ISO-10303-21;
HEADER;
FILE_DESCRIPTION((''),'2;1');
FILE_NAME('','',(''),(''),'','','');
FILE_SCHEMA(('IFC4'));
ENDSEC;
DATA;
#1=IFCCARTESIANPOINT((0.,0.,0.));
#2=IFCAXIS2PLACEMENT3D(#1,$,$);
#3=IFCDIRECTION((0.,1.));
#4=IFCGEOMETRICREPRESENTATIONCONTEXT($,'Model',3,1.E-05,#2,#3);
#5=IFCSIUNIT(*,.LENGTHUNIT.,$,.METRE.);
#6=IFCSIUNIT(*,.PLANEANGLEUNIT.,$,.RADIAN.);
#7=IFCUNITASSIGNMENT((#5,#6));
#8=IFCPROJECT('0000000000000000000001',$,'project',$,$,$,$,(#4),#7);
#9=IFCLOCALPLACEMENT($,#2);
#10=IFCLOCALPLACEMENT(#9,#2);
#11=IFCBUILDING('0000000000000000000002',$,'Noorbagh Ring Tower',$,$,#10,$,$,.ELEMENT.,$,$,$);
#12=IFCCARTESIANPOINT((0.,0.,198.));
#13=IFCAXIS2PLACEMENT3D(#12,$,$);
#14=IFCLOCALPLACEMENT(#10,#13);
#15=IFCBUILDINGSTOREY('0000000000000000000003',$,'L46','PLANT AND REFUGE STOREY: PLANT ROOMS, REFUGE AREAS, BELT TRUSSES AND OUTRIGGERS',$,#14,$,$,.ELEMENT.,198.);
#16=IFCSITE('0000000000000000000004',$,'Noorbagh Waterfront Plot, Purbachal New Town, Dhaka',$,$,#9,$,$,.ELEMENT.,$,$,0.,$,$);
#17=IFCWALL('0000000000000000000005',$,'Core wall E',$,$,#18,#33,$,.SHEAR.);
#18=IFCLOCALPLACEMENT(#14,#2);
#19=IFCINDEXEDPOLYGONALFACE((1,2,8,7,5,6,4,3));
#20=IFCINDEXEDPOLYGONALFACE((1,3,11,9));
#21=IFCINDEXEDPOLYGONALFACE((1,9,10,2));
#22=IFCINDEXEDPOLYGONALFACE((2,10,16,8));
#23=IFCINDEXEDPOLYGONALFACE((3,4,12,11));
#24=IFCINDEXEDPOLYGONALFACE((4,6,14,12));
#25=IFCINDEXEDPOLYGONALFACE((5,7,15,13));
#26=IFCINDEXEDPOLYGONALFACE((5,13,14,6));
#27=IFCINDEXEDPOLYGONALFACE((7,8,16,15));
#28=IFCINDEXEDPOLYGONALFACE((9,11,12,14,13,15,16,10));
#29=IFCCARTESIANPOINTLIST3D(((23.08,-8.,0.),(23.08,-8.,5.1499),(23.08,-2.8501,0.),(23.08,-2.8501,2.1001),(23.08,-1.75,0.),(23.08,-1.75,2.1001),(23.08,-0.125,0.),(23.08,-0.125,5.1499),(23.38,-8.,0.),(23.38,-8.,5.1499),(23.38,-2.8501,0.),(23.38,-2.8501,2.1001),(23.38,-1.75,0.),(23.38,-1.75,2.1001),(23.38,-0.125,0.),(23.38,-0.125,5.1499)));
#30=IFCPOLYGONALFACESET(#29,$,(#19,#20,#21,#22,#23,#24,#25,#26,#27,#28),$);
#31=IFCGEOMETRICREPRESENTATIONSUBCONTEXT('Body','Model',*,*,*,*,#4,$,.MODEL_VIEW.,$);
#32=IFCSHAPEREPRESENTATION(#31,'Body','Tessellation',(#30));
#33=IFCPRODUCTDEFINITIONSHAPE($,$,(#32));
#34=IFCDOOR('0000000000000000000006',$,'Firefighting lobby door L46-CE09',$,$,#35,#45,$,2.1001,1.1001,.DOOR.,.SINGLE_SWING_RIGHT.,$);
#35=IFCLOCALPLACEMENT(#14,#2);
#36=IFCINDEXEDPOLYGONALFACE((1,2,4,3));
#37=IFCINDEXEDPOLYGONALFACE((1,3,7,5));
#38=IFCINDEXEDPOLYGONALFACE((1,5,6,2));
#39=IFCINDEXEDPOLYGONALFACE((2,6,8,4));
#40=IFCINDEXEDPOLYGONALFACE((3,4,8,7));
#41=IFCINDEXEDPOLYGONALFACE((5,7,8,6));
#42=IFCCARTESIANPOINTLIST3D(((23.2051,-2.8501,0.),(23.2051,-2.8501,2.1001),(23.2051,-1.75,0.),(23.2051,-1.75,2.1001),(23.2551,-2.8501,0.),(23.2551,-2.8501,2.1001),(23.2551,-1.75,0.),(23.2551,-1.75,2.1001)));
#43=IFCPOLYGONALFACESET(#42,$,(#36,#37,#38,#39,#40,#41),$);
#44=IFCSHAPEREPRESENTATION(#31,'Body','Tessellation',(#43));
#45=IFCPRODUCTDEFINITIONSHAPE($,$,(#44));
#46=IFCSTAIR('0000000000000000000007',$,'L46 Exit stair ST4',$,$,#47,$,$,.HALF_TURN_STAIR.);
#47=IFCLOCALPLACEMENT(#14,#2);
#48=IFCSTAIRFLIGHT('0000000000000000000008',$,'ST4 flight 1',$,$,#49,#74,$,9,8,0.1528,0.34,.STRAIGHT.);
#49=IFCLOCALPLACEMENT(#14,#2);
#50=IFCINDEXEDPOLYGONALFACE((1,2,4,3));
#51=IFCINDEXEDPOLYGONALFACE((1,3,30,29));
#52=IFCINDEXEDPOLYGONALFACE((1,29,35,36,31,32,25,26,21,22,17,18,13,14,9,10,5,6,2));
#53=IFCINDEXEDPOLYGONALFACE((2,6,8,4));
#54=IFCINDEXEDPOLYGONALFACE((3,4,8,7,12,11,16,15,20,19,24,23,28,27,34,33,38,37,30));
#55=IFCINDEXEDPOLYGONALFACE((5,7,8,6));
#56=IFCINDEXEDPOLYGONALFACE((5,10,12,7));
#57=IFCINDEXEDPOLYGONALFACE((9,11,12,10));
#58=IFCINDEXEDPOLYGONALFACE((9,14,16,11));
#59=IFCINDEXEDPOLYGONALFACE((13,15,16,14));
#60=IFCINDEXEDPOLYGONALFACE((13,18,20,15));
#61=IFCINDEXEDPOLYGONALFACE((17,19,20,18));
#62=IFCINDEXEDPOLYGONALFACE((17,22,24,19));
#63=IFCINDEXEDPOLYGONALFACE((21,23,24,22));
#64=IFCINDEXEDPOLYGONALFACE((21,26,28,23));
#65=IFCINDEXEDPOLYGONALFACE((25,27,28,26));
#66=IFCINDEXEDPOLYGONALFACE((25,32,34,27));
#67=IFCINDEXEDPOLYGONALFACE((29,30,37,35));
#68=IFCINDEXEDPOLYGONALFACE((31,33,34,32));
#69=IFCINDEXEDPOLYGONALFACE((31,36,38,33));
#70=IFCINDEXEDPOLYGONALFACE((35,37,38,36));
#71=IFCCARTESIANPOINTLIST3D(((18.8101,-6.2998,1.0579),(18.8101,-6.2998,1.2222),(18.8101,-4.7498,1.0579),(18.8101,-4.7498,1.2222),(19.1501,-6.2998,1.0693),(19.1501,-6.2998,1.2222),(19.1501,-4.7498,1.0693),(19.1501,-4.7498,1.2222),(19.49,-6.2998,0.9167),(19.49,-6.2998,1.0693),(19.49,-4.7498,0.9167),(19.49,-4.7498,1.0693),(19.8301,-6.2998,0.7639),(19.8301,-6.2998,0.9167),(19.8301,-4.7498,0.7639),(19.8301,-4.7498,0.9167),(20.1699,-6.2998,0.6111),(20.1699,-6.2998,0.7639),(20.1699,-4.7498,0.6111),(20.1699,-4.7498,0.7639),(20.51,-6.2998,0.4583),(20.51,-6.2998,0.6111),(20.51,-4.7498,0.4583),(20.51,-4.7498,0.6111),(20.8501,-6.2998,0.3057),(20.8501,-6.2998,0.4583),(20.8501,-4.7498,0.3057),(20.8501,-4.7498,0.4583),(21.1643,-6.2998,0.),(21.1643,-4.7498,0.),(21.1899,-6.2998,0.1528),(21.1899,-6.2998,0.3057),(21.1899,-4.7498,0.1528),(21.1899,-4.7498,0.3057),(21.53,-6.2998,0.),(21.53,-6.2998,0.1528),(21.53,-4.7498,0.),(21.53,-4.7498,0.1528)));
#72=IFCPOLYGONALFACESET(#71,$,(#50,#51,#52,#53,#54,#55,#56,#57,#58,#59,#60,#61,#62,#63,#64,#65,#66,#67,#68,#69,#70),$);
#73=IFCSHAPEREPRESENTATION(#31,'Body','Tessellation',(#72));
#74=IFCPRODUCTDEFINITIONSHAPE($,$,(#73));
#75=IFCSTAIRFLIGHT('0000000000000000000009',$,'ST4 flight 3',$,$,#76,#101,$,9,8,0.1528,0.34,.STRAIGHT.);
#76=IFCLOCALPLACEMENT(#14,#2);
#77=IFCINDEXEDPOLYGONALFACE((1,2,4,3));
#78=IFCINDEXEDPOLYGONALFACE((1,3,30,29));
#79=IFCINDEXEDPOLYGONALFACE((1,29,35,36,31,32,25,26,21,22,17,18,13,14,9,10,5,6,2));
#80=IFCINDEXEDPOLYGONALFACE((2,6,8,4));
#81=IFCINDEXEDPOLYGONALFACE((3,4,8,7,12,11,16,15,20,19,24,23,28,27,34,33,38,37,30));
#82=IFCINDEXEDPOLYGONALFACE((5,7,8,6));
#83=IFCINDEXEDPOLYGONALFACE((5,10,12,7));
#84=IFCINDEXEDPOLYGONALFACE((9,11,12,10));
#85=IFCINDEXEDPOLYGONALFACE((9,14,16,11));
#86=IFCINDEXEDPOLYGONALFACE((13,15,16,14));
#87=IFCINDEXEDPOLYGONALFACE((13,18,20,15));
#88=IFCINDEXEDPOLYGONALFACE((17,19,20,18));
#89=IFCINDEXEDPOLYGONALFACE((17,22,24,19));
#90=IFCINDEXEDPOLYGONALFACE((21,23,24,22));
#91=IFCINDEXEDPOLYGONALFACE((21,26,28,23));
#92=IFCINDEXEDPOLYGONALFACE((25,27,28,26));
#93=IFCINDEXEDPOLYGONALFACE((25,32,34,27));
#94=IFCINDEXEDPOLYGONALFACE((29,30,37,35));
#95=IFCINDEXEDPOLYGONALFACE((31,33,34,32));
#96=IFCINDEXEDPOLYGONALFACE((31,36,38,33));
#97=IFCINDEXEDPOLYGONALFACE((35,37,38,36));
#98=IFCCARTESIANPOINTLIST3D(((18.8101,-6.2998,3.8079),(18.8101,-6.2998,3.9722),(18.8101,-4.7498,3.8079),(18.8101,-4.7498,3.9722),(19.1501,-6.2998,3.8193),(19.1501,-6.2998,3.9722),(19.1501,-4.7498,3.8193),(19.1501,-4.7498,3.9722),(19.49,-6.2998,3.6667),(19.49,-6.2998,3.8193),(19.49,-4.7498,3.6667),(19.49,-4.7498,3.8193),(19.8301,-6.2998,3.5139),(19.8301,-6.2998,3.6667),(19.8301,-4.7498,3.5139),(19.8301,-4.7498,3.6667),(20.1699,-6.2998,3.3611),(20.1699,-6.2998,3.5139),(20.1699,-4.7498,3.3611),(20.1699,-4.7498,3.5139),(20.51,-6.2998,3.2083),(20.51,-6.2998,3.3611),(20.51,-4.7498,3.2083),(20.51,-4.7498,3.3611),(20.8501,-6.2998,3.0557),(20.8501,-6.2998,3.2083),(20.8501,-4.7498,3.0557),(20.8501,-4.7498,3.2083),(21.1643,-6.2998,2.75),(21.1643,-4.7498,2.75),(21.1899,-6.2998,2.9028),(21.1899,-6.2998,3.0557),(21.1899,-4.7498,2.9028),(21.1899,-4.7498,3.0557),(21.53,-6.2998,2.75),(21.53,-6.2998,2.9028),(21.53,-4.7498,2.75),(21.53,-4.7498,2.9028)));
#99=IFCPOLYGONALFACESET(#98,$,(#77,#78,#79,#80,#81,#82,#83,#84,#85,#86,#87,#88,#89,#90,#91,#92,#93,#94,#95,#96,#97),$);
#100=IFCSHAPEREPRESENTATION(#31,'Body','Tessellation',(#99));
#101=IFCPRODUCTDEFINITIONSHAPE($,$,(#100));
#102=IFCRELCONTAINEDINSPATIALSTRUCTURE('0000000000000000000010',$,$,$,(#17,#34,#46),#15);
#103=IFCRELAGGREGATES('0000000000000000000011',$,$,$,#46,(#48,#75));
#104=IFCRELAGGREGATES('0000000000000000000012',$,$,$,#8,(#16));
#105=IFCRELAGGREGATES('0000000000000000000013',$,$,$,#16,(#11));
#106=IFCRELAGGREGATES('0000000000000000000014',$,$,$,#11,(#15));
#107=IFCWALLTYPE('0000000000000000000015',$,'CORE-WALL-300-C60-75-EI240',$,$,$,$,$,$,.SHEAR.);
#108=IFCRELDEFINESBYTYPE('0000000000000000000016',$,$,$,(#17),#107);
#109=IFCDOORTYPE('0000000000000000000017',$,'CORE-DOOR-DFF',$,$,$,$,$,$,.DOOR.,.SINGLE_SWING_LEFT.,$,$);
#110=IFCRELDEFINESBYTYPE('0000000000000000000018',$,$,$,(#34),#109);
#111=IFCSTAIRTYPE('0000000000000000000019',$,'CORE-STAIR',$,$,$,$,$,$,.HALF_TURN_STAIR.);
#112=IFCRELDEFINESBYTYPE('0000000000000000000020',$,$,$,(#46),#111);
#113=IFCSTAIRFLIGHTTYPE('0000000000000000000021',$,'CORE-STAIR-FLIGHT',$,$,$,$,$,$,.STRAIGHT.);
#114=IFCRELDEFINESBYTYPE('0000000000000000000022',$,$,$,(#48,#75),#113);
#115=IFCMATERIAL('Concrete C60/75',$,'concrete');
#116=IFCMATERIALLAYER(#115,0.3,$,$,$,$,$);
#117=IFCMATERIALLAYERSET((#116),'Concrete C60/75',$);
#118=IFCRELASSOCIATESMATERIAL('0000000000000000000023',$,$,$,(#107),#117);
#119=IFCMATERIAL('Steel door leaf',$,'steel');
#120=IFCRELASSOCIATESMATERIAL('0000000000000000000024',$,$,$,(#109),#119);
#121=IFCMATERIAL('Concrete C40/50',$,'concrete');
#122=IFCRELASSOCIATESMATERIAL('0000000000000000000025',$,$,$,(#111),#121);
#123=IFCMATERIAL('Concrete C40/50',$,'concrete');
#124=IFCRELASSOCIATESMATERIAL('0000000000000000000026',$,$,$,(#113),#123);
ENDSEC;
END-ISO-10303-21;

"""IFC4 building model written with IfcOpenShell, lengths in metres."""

from ifc_helpers import new_model, si_unit, direction, frame, frame_2d, origin, place, context, subcontext, project, spatial, polyline, rectangle, outline, extrude, material, layer, layer_set, type_object, element, fill, aggregate, save


model = new_model("IFC4")

# Units and contexts
model_context = context("Model", 3, precision=1e-05, world=origin(), true_north=direction((0.0, 1.0)))
body_context = subcontext(model_context, "Body", "Model", "MODEL_VIEW")
ifc_project = project(units=[si_unit("LENGTHUNIT", "METRE"), si_unit("PLANEANGLEUNIT", "RADIAN")], contexts=[model_context])

# Site, building, storey
site_placement = place(None, origin())
site = spatial("IfcSite", under=ifc_project, at=site_placement, Name="Noorbagh Waterfront Plot, Purbachal New Town, Dhaka", CompositionType="ELEMENT", RefElevation=0.0)
building_placement = place(site_placement, origin())
building = spatial("IfcBuilding", under=site, at=building_placement, Name="Noorbagh Ring Tower", CompositionType="ELEMENT")
storey_placement = place(building_placement, frame((0.0, 0.0, 198.0)))
storey = spatial("IfcBuildingStorey", under=building, at=storey_placement, Name="L46", Description="PLANT AND REFUGE STOREY: PLANT ROOMS, REFUGE AREAS, BELT TRUSSES AND OUTRIGGERS", CompositionType="ELEMENT", Elevation=198.0)

# Shared definitions
ifc_material_1 = material(Name="Concrete C60/75", Category="concrete")
ifc_layer_1 = layer(ifc_material_1, 0.3)
ifc_layer_set_1 = layer_set([ifc_layer_1], Name="Concrete C60/75")
wall_type_1 = type_object("IfcWallType", Name="CORE-WALL-300-C60-75-EI240", PredefinedType="SHEAR", material=ifc_layer_set_1)

# Wall, opening, door
wall_1_placement = place(storey_placement, frame((23.23, -8.0, 0.0), z_axis=(0.0, 0.0, 1.0), x_axis=(0.0, 1.0, 0.0)))
wall_1 = element("IfcWall", 1, at=wall_1_placement, inside=storey, type_object=wall_type_1, Name="Core wall E", PredefinedType="SHEAR", context=body_context, shape_type="SweptSolid", body=[
    extrude(rectangle(XDim=7.875, YDim=0.3, at=frame_2d((3.9375, 0.0))), origin(), (0.0, 0.0, 1.0), 5.1499),
])
opening_1_placement = place(wall_1_placement, frame((5.1499, 0.0, 0.0)))
opening_1 = element("IfcOpeningElement", 2, at=opening_1_placement, cuts=wall_1, PredefinedType="OPENING", context=body_context, shape_type="SweptSolid", body=[
    extrude(rectangle(XDim=1.1001, YDim=2.1001, at=frame_2d((0.55, 1.05))), frame((0.0, 0.1602, 0.0), z_axis=(0.0, -1.0, 0.0), x_axis=(1.0, 0.0, 0.0)), (0.0, 0.0, 1.0), 0.3201),
])
ifc_material_2 = material(Name="Steel door leaf", Category="steel")
door_type_1 = type_object("IfcDoorType", Name="CORE-DOOR-DFF", OperationType="SINGLE_SWING_LEFT", PredefinedType="DOOR", material=ifc_material_2)
door_1_placement = place(opening_1_placement, origin())
door_1 = element("IfcDoor", 3, at=door_1_placement, inside=storey, type_object=door_type_1, Name="Firefighting lobby door L46-CE09", OperationType="SINGLE_SWING_RIGHT", OverallHeight=2.1001, OverallWidth=1.1001, PredefinedType="DOOR", context=body_context, shape_type="SweptSolid", body=[
    extrude(rectangle(XDim=1.1001, YDim=2.1001, at=frame_2d((0.55, 1.05))), frame((0.0, 0.0249, 0.0), z_axis=(0.0, -1.0, 0.0), x_axis=(1.0, 0.0, 0.0)), (0.0, 0.0, 1.0), 0.05),
])
fill(opening_1, door_1)

# Stair, stair flights
ifc_material_3 = material(Name="Concrete C40/50", Category="concrete")
stair_type = type_object("IfcStairType", Name="CORE-STAIR", PredefinedType="HALF_TURN_STAIR", material=ifc_material_3)
stair_placement = place(storey_placement, origin())
stair = element("IfcStair", 4, at=stair_placement, inside=storey, type_object=stair_type, Name="L46 Exit stair ST4", PredefinedType="HALF_TURN_STAIR")
ifc_material_4 = material(Name="Concrete C40/50", Category="concrete")
stair_flight_type = type_object("IfcStairFlightType", Name="CORE-STAIR-FLIGHT", PredefinedType="STRAIGHT", material=ifc_material_4)
stair_flight_1_placement = place(storey_placement, frame((21.53, -5.5249, 0.0), z_axis=(0.0, 0.0, 1.0), x_axis=(-1.0, 0.0, 0.0)))
stair_flight_1 = element("IfcStairFlight", 5, at=stair_flight_1_placement, type_object=stair_flight_type, Name="ST4 flight 1", NumberOfRisers=9, NumberOfTreads=8, PredefinedType="STRAIGHT", RiserHeight=0.1528, TreadLength=0.34, context=body_context, shape_type="SweptSolid", body=[
    extrude(outline(polyline([(0.0, 0.0), (0.0, 0.1528), (0.3401, 0.1528), (0.3401, 0.3057), (0.6799, 0.3057), (0.6799, 0.4583), (1.02, 0.4583), (1.02, 0.6111), (1.3601, 0.6111), (1.3601, 0.7639), (1.7, 0.7639), (1.7, 0.9167), (2.04, 0.9167), (2.04, 1.0693), (2.3799, 1.0693), (2.3799, 1.2222), (2.72, 1.2222), (2.72, 1.375), (2.72, 1.0579), (0.3657, 0.0), (0.0, 0.0)])), frame((0.0, 0.7749, 0.0), z_axis=(0.0, -1.0, 0.0), x_axis=(1.0, 0.0, 0.0)), (0.0, 0.0, 1.0), 1.55),
])
stair_flight_2_placement = place(storey_placement, frame((21.53, -5.5249, 2.75), z_axis=(0.0, 0.0, 1.0), x_axis=(-1.0, 0.0, 0.0)))
stair_flight_2 = element("IfcStairFlight", 6, at=stair_flight_2_placement, type_object=stair_flight_type, Name="ST4 flight 3", NumberOfRisers=9, NumberOfTreads=8, PredefinedType="STRAIGHT", RiserHeight=0.1528, TreadLength=0.34, context=body_context, shape_type="SweptSolid", body=[
    extrude(outline(polyline([(0.0, 0.0), (0.0, 0.1528), (0.3401, 0.1528), (0.3401, 0.3057), (0.6799, 0.3057), (0.6799, 0.4583), (1.02, 0.4583), (1.02, 0.6111), (1.3601, 0.6111), (1.3601, 0.7639), (1.7, 0.7639), (1.7, 0.9167), (2.04, 0.9167), (2.04, 1.0693), (2.3799, 1.0693), (2.3799, 1.2222), (2.72, 1.2222), (2.72, 1.375), (2.72, 1.0579), (0.3657, 0.0), (0.0, 0.0)])), frame((0.0, 0.7749, 0.0), z_axis=(0.0, -1.0, 0.0), x_axis=(1.0, 0.0, 0.0)), (0.0, 0.0, 1.0), 1.55),
])
aggregate(stair, [stair_flight_1, stair_flight_2])

save(model, "model.ifc")
